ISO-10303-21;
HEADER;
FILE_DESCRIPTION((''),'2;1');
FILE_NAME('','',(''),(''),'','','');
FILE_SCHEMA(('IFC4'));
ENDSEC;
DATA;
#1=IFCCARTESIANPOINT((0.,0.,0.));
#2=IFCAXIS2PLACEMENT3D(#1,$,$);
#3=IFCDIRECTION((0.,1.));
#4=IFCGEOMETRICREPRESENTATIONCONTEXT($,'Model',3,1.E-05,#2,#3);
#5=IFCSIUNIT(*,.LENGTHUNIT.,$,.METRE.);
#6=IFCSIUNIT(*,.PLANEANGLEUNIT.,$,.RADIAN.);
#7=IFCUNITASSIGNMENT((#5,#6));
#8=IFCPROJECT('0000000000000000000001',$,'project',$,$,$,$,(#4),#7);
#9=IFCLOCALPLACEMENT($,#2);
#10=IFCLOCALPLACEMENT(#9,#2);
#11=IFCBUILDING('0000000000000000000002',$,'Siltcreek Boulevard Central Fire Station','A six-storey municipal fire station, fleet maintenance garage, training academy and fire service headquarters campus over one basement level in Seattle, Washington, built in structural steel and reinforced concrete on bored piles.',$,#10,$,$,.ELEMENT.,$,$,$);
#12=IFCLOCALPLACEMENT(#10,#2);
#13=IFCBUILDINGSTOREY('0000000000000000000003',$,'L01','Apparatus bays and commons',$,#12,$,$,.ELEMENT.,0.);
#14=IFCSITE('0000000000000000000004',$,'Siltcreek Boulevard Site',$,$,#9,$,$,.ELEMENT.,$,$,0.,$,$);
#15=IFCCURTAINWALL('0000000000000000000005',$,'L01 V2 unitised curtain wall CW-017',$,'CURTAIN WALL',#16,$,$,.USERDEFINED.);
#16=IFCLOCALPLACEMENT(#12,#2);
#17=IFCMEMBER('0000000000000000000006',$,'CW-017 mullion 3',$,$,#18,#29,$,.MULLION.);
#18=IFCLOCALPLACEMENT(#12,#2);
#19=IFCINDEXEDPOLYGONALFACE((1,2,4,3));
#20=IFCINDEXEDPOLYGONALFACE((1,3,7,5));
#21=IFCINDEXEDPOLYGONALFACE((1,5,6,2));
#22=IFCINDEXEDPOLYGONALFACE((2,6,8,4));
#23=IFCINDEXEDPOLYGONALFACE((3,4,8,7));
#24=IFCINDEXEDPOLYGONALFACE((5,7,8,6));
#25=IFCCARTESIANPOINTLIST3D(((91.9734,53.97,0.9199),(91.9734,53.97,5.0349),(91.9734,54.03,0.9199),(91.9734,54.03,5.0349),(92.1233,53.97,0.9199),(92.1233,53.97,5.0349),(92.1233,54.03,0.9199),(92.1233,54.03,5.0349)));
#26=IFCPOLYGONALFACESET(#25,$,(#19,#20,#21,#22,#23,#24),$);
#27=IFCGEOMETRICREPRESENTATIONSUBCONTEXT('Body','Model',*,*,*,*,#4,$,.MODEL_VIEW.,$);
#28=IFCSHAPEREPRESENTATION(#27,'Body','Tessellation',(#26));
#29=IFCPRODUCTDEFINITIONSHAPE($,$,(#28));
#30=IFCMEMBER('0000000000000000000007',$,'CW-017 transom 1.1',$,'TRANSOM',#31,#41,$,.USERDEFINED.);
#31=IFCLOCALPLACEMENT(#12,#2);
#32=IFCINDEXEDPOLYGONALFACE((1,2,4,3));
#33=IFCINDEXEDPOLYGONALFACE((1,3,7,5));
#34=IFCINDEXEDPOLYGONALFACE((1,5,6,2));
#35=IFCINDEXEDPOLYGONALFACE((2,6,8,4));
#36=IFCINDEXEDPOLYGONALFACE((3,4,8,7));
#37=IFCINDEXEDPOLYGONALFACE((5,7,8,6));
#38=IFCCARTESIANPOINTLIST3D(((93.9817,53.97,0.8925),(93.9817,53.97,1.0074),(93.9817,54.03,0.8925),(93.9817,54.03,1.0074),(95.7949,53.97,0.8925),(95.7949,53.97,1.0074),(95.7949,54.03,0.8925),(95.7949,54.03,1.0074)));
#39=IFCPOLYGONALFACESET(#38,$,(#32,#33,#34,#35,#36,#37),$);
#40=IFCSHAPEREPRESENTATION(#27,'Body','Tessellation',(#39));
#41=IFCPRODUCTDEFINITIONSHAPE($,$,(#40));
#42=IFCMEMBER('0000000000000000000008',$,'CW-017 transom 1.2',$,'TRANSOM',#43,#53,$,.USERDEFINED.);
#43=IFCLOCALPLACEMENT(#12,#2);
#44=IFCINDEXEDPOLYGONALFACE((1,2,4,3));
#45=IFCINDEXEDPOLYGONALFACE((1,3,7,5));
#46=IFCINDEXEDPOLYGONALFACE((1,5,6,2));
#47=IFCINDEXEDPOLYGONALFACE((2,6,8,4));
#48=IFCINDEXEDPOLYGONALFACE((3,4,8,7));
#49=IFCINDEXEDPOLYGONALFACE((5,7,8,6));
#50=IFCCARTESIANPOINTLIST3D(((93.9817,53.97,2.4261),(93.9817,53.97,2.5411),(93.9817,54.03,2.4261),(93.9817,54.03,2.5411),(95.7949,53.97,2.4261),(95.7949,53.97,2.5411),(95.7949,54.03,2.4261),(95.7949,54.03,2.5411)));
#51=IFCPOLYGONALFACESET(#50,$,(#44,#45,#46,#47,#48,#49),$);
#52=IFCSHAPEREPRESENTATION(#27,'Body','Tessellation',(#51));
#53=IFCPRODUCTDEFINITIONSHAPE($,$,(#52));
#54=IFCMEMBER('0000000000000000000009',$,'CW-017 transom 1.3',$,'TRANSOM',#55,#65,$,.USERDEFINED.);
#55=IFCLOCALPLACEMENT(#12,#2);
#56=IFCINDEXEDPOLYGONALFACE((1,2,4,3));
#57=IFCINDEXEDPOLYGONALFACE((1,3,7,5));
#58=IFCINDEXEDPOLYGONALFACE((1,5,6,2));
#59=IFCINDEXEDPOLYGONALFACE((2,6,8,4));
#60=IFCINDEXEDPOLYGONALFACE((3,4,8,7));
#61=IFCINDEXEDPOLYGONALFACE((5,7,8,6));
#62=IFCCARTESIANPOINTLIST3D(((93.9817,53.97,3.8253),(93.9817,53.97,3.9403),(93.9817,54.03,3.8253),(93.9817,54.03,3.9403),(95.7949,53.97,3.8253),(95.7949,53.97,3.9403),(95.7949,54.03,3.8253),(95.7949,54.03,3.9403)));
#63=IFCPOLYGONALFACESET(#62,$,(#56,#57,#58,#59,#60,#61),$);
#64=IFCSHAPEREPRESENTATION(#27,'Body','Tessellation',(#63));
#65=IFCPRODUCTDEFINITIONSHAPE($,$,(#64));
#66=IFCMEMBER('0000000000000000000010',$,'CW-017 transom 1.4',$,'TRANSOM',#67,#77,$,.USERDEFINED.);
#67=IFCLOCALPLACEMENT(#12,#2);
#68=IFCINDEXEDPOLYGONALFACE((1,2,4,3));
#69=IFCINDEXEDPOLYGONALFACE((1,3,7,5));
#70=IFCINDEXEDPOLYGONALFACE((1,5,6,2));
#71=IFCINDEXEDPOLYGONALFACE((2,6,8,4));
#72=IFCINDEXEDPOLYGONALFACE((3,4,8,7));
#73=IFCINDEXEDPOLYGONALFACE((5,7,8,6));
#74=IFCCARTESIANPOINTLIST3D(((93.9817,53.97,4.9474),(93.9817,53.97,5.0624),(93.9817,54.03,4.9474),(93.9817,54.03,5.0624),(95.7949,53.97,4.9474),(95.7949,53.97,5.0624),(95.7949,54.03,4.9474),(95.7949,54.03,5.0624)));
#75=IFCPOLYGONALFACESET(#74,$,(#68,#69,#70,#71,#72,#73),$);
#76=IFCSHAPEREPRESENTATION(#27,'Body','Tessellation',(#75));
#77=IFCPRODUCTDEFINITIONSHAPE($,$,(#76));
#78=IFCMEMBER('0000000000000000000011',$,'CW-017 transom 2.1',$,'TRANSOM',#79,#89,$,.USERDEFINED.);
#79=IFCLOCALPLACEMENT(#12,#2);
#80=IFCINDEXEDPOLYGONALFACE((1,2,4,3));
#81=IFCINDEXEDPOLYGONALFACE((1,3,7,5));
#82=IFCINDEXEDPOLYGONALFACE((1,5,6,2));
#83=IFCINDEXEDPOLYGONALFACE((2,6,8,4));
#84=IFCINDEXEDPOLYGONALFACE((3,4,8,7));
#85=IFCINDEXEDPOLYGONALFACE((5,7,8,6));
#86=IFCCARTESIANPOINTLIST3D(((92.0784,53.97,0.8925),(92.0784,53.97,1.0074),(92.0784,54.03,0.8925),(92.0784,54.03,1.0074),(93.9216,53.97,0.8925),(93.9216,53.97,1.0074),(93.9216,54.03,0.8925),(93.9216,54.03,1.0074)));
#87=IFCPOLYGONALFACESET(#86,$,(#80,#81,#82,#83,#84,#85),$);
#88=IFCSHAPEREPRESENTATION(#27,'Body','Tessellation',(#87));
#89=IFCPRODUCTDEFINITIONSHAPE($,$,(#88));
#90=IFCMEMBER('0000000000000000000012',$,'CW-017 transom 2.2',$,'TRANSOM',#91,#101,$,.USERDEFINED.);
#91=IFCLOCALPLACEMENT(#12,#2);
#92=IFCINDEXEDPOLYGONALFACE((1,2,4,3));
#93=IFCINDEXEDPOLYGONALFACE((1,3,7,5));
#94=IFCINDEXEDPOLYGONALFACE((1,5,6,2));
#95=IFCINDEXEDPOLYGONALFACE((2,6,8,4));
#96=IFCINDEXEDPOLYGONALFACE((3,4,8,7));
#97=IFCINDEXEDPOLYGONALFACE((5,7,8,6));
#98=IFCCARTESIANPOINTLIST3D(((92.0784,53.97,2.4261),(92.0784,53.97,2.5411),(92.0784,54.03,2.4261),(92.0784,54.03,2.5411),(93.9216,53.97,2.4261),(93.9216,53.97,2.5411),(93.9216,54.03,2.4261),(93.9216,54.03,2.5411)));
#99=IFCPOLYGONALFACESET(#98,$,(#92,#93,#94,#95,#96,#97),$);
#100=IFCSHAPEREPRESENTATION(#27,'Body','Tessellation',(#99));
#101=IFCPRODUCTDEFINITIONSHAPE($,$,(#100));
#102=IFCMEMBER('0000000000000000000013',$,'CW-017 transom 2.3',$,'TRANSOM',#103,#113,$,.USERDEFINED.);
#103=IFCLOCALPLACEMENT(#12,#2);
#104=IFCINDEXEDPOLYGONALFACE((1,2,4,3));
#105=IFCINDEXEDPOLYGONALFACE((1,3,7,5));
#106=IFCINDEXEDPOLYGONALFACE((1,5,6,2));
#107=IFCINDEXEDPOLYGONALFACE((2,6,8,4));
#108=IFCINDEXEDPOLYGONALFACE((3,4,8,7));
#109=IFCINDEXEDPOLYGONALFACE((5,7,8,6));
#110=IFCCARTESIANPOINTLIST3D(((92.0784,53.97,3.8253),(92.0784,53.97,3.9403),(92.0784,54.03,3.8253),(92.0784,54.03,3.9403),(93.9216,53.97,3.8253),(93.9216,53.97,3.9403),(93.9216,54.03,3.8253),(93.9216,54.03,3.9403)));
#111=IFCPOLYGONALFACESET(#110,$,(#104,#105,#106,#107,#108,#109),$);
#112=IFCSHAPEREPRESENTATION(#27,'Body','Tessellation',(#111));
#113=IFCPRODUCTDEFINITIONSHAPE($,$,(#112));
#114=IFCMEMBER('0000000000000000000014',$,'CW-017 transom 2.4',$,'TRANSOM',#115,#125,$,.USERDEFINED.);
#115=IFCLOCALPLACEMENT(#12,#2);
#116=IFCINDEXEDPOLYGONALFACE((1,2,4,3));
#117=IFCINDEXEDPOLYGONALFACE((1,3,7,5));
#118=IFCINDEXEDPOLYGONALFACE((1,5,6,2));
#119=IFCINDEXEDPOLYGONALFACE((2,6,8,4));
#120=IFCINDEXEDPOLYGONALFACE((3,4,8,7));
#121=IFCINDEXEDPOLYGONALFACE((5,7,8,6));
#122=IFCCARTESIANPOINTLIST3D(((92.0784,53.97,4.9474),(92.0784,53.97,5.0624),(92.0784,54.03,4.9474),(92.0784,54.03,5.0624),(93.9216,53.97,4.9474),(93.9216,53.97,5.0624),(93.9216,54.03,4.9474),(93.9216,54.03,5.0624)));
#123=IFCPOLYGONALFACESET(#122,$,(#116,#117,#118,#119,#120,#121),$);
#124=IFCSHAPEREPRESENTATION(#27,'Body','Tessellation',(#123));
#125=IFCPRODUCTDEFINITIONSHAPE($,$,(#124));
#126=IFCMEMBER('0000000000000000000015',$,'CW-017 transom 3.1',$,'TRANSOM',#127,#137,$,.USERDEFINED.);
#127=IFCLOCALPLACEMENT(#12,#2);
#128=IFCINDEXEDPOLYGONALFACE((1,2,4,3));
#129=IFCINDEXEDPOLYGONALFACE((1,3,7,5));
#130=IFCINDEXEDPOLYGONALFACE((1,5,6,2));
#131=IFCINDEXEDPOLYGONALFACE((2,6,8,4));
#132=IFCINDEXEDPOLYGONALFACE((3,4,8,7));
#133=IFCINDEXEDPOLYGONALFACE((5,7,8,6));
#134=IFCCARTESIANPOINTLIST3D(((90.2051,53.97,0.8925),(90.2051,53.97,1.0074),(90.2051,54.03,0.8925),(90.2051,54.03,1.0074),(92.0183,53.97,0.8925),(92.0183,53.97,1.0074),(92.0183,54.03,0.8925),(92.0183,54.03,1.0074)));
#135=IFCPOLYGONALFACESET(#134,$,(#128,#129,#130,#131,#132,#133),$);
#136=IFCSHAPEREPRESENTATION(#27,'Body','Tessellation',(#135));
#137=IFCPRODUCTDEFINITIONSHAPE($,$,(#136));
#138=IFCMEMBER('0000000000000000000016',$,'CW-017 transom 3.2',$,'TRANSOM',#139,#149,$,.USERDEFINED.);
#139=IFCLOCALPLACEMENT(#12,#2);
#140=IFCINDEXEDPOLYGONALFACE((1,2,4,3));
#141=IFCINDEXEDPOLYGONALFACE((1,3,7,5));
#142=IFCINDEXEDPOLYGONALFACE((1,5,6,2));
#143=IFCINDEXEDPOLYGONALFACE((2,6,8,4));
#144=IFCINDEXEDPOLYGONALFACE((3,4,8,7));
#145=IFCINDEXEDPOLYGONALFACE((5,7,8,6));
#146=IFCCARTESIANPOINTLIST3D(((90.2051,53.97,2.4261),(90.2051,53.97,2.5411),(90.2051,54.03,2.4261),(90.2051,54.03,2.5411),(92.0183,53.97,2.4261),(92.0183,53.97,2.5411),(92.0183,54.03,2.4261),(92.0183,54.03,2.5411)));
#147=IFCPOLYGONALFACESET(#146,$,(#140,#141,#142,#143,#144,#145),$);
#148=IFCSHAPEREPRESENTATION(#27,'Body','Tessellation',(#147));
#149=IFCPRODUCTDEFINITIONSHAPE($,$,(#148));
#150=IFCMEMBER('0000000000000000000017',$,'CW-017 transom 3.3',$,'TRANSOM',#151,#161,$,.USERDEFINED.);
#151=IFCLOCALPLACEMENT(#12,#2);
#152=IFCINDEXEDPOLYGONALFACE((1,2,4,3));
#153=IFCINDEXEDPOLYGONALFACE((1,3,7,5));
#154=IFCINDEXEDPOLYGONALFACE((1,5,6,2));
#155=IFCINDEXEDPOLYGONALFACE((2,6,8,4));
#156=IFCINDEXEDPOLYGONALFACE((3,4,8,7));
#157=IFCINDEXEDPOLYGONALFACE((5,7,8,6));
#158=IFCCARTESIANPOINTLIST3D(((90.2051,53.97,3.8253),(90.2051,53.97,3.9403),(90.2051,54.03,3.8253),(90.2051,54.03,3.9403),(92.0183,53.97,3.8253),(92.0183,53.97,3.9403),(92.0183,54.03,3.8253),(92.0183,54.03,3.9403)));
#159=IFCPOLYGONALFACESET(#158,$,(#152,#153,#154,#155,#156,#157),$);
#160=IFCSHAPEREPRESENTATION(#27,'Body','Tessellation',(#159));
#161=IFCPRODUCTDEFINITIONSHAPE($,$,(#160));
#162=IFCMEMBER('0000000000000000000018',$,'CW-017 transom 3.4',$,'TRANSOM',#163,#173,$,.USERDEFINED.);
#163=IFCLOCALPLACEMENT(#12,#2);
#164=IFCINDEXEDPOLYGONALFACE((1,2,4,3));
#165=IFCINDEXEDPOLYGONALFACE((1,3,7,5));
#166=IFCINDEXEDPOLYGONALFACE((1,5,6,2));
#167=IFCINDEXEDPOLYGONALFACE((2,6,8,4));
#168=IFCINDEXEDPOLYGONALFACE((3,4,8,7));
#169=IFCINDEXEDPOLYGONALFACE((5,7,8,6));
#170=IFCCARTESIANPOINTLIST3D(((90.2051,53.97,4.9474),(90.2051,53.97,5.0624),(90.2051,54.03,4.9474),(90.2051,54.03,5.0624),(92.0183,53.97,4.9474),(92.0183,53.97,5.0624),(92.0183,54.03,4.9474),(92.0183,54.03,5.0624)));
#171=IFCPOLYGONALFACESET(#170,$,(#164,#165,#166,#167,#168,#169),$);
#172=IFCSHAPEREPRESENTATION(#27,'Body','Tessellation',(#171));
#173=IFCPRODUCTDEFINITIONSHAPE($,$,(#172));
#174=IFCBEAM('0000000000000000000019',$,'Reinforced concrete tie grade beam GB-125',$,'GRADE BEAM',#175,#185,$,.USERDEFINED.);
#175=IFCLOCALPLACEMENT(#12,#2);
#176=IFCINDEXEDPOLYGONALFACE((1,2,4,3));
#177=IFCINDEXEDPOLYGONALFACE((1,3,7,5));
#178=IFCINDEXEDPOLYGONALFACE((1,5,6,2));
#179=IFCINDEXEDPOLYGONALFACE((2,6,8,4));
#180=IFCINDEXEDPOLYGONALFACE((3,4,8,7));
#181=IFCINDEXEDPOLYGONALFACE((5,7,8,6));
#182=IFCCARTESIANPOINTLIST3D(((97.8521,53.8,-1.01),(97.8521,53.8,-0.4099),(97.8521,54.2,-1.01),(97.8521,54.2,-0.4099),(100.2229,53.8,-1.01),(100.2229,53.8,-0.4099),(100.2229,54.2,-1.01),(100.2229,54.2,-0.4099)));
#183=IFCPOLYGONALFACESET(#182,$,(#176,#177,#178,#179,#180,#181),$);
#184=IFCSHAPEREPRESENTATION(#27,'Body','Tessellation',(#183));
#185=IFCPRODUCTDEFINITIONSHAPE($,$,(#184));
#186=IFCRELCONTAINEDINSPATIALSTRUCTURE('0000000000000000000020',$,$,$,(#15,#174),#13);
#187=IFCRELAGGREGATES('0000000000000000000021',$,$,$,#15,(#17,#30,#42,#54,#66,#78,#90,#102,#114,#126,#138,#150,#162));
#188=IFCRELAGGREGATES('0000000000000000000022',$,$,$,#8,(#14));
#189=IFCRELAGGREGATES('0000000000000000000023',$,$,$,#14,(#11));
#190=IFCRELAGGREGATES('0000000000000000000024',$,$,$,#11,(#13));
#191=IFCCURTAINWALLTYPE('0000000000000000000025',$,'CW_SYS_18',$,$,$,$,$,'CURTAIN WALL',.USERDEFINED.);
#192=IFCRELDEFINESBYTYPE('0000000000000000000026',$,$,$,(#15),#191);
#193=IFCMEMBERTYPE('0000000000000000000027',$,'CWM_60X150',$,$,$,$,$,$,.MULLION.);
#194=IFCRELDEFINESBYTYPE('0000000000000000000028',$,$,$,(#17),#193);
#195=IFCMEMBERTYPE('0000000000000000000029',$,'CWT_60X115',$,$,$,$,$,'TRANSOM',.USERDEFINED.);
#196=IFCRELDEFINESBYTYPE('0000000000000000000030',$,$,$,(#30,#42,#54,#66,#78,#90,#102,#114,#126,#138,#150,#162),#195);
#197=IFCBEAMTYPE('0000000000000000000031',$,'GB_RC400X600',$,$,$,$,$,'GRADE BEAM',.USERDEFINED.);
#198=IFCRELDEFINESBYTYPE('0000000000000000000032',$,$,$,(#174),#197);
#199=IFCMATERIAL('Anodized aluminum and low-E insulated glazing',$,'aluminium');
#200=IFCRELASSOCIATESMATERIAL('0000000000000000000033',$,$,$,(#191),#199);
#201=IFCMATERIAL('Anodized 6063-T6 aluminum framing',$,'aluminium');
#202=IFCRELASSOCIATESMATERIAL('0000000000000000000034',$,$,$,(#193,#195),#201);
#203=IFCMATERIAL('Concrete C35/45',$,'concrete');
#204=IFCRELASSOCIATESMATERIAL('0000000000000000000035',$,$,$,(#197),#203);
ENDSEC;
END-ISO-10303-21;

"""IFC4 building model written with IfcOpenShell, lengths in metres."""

from ifc_helpers import new_model, si_unit, direction, frame, origin, origin_2d, place, context, subcontext, project, spatial, rectangle, extrude, material, material_profile, profile_set, type_object, element, aggregate, save


model = new_model("IFC4")

# Units and contexts
model_context = context("Model", 3, precision=1e-05, world=origin(), true_north=direction((0.0, 1.0)))
body_context = subcontext(model_context, "Body", "Model", "MODEL_VIEW")
ifc_project = project(units=[si_unit("LENGTHUNIT", "METRE"), si_unit("PLANEANGLEUNIT", "RADIAN")], contexts=[model_context])

# Site, building, storey
site_placement = place(None, origin())
site = spatial("IfcSite", under=ifc_project, at=site_placement, Name="Siltcreek Boulevard Site", CompositionType="ELEMENT", RefElevation=0.0)
building_placement = place(site_placement, origin())
building = spatial("IfcBuilding", under=site, at=building_placement, Name="Siltcreek Boulevard Central Fire Station", Description="A six-storey municipal fire station, fleet maintenance garage, training academy and fire service headquarters campus over one basement level in Seattle, Washington, built in structural steel and reinforced concrete on bored piles.", CompositionType="ELEMENT")
storey_placement = place(building_placement, origin())
storey = spatial("IfcBuildingStorey", under=building, at=storey_placement, Name="L01", Description="Apparatus bays and commons", CompositionType="ELEMENT", Elevation=0.0)

# Shared definitions
ifc_material_1 = material(Name="Concrete C35/45", Category="concrete")

# Curtain wall, members
ifc_material_2 = material(Name="Anodized aluminum and low-E insulated glazing", Category="aluminium")
curtain_wall_type = type_object("IfcCurtainWallType", Name="CW_SYS_18", ElementType="CURTAIN WALL", PredefinedType="USERDEFINED", material=ifc_material_2)
curtain_wall_placement = place(storey_placement, origin())
curtain_wall = element("IfcCurtainWall", 1, at=curtain_wall_placement, inside=storey, type_object=curtain_wall_type, Name="L01 V2 unitised curtain wall CW-017", ObjectType="CURTAIN WALL", PredefinedType="USERDEFINED")
ifc_material_3 = material(Name="Anodized 6063-T6 aluminum framing", Category="aluminium")
ifc_material_profile_1 = material_profile(ifc_material_3, rectangle(XDim=0.0601, YDim=0.1499, at=origin_2d()), Name="MULL60X150")
ifc_profile_set_1 = profile_set([ifc_material_profile_1], Name="Anodized 6063-T6 aluminum framing")
member_type_1 = type_object("IfcMemberType", Name="CWM_60X150", PredefinedType="MULLION", material=ifc_profile_set_1)
member_1_placement = place(storey_placement, frame((92.0483, 54.0, 0.9199), z_axis=(0.0, 0.0, 1.0), x_axis=(0.0, -1.0, 0.0)))
member_1 = element("IfcMember", 2, at=member_1_placement, type_object=member_type_1, Name="CW-017 mullion 3", PredefinedType="MULLION", context=body_context, shape_type="SweptSolid", body=[
    extrude(rectangle(XDim=0.0601, YDim=0.1499, at=origin_2d()), origin(), (0.0, 0.0, 1.0), 4.115),
])
ifc_material_profile_2 = material_profile(ifc_material_3, rectangle(XDim=0.0601, YDim=0.115, at=origin_2d()), Name="TRAN60X115")
ifc_profile_set_2 = profile_set([ifc_material_profile_2], Name="Anodized 6063-T6 aluminum framing")
member_type_2 = type_object("IfcMemberType", Name="CWT_60X115", ElementType="TRANSOM", PredefinedType="USERDEFINED", material=ifc_profile_set_2)
member_2_placement = place(storey_placement, frame((95.7949, 54.0, 0.95), z_axis=(-1.0, 0.0, 0.0), x_axis=(0.0, -1.0, 0.0)))
member_2 = element("IfcMember", 3, at=member_2_placement, type_object=member_type_2, Name="CW-017 transom 1.1", ObjectType="TRANSOM", PredefinedType="USERDEFINED", context=body_context, shape_type="SweptSolid", body=[
    extrude(rectangle(XDim=0.0601, YDim=0.115, at=origin_2d()), origin(), (0.0, 0.0, 1.0), 1.8132),
])
member_3_placement = place(storey_placement, frame((95.7949, 54.0, 2.4836), z_axis=(-1.0, 0.0, 0.0), x_axis=(0.0, -1.0, 0.0)))
member_3 = element("IfcMember", 4, at=member_3_placement, type_object=member_type_2, Name="CW-017 transom 1.2", ObjectType="TRANSOM", PredefinedType="USERDEFINED", context=body_context, shape_type="SweptSolid", body=[
    extrude(rectangle(XDim=0.0601, YDim=0.115, at=origin_2d()), origin(), (0.0, 0.0, 1.0), 1.8132),
])
member_4_placement = place(storey_placement, frame((95.7949, 54.0, 3.8828), z_axis=(-1.0, 0.0, 0.0), x_axis=(0.0, -1.0, 0.0)))
member_4 = element("IfcMember", 5, at=member_4_placement, type_object=member_type_2, Name="CW-017 transom 1.3", ObjectType="TRANSOM", PredefinedType="USERDEFINED", context=body_context, shape_type="SweptSolid", body=[
    extrude(rectangle(XDim=0.0601, YDim=0.115, at=origin_2d()), origin(), (0.0, 0.0, 1.0), 1.8132),
])
member_5_placement = place(storey_placement, frame((95.7949, 54.0, 5.0049), z_axis=(-1.0, 0.0, 0.0), x_axis=(0.0, -1.0, 0.0)))
member_5 = element("IfcMember", 6, at=member_5_placement, type_object=member_type_2, Name="CW-017 transom 1.4", ObjectType="TRANSOM", PredefinedType="USERDEFINED", context=body_context, shape_type="SweptSolid", body=[
    extrude(rectangle(XDim=0.0601, YDim=0.115, at=origin_2d()), origin(), (0.0, 0.0, 1.0), 1.8132),
])
member_6_placement = place(storey_placement, frame((93.9216, 54.0, 0.95), z_axis=(-1.0, 0.0, 0.0), x_axis=(0.0, -1.0, 0.0)))
member_6 = element("IfcMember", 7, at=member_6_placement, type_object=member_type_2, Name="CW-017 transom 2.1", ObjectType="TRANSOM", PredefinedType="USERDEFINED", context=body_context, shape_type="SweptSolid", body=[
    extrude(rectangle(XDim=0.0601, YDim=0.115, at=origin_2d()), origin(), (0.0, 0.0, 1.0), 1.8433),
])
member_7_placement = place(storey_placement, frame((93.9216, 54.0, 2.4836), z_axis=(-1.0, 0.0, 0.0), x_axis=(0.0, -1.0, 0.0)))
member_7 = element("IfcMember", 8, at=member_7_placement, type_object=member_type_2, Name="CW-017 transom 2.2", ObjectType="TRANSOM", PredefinedType="USERDEFINED", context=body_context, shape_type="SweptSolid", body=[
    extrude(rectangle(XDim=0.0601, YDim=0.115, at=origin_2d()), origin(), (0.0, 0.0, 1.0), 1.8433),
])
member_8_placement = place(storey_placement, frame((93.9216, 54.0, 3.8828), z_axis=(-1.0, 0.0, 0.0), x_axis=(0.0, -1.0, 0.0)))
member_8 = element("IfcMember", 9, at=member_8_placement, type_object=member_type_2, Name="CW-017 transom 2.3", ObjectType="TRANSOM", PredefinedType="USERDEFINED", context=body_context, shape_type="SweptSolid", body=[
    extrude(rectangle(XDim=0.0601, YDim=0.115, at=origin_2d()), origin(), (0.0, 0.0, 1.0), 1.8433),
])
member_9_placement = place(storey_placement, frame((93.9216, 54.0, 5.0049), z_axis=(-1.0, 0.0, 0.0), x_axis=(0.0, -1.0, 0.0)))
member_9 = element("IfcMember", 10, at=member_9_placement, type_object=member_type_2, Name="CW-017 transom 2.4", ObjectType="TRANSOM", PredefinedType="USERDEFINED", context=body_context, shape_type="SweptSolid", body=[
    extrude(rectangle(XDim=0.0601, YDim=0.115, at=origin_2d()), origin(), (0.0, 0.0, 1.0), 1.8433),
])
member_10_placement = place(storey_placement, frame((92.0183, 54.0, 0.95), z_axis=(-1.0, 0.0, 0.0), x_axis=(0.0, -1.0, 0.0)))
member_10 = element("IfcMember", 11, at=member_10_placement, type_object=member_type_2, Name="CW-017 transom 3.1", ObjectType="TRANSOM", PredefinedType="USERDEFINED", context=body_context, shape_type="SweptSolid", body=[
    extrude(rectangle(XDim=0.0601, YDim=0.115, at=origin_2d()), origin(), (0.0, 0.0, 1.0), 1.8132),
])
member_11_placement = place(storey_placement, frame((92.0183, 54.0, 2.4836), z_axis=(-1.0, 0.0, 0.0), x_axis=(0.0, -1.0, 0.0)))
member_11 = element("IfcMember", 12, at=member_11_placement, type_object=member_type_2, Name="CW-017 transom 3.2", ObjectType="TRANSOM", PredefinedType="USERDEFINED", context=body_context, shape_type="SweptSolid", body=[
    extrude(rectangle(XDim=0.0601, YDim=0.115, at=origin_2d()), origin(), (0.0, 0.0, 1.0), 1.8132),
])
member_12_placement = place(storey_placement, frame((92.0183, 54.0, 3.8828), z_axis=(-1.0, 0.0, 0.0), x_axis=(0.0, -1.0, 0.0)))
member_12 = element("IfcMember", 13, at=member_12_placement, type_object=member_type_2, Name="CW-017 transom 3.3", ObjectType="TRANSOM", PredefinedType="USERDEFINED", context=body_context, shape_type="SweptSolid", body=[
    extrude(rectangle(XDim=0.0601, YDim=0.115, at=origin_2d()), origin(), (0.0, 0.0, 1.0), 1.8132),
])
member_13_placement = place(storey_placement, frame((92.0183, 54.0, 5.0049), z_axis=(-1.0, 0.0, 0.0), x_axis=(0.0, -1.0, 0.0)))
member_13 = element("IfcMember", 14, at=member_13_placement, type_object=member_type_2, Name="CW-017 transom 3.4", ObjectType="TRANSOM", PredefinedType="USERDEFINED", context=body_context, shape_type="SweptSolid", body=[
    extrude(rectangle(XDim=0.0601, YDim=0.115, at=origin_2d()), origin(), (0.0, 0.0, 1.0), 1.8132),
])

# Beam
ifc_material_profile_3 = material_profile(ifc_material_1, rectangle(XDim=0.3999, YDim=0.6001, at=origin_2d()), Name="RC400X600")
ifc_profile_set_3 = profile_set([ifc_material_profile_3], Name="Concrete C35/45")
beam_type = type_object("IfcBeamType", Name="GB_RC400X600", ElementType="GRADE BEAM", PredefinedType="USERDEFINED", material=ifc_profile_set_3)
beam_placement = place(storey_placement, frame((97.8521, 54.0, -0.71), z_axis=(1.0, 0.0, 0.0), x_axis=(0.0, 1.0, 0.0)))
element("IfcBeam", 15, at=beam_placement, inside=storey, type_object=beam_type, Name="Reinforced concrete tie grade beam GB-125", ObjectType="GRADE BEAM", PredefinedType="USERDEFINED", context=body_context, shape_type="SweptSolid", body=[
    extrude(rectangle(XDim=0.3999, YDim=0.6001, at=origin_2d()), origin(), (0.0, 0.0, 1.0), 2.3708),
])

aggregate(curtain_wall, [member_1, member_2, member_3, member_4, member_5, member_6, member_7, member_8, member_9, member_10, member_11, member_12, member_13])

save(model, "model.ifc")
